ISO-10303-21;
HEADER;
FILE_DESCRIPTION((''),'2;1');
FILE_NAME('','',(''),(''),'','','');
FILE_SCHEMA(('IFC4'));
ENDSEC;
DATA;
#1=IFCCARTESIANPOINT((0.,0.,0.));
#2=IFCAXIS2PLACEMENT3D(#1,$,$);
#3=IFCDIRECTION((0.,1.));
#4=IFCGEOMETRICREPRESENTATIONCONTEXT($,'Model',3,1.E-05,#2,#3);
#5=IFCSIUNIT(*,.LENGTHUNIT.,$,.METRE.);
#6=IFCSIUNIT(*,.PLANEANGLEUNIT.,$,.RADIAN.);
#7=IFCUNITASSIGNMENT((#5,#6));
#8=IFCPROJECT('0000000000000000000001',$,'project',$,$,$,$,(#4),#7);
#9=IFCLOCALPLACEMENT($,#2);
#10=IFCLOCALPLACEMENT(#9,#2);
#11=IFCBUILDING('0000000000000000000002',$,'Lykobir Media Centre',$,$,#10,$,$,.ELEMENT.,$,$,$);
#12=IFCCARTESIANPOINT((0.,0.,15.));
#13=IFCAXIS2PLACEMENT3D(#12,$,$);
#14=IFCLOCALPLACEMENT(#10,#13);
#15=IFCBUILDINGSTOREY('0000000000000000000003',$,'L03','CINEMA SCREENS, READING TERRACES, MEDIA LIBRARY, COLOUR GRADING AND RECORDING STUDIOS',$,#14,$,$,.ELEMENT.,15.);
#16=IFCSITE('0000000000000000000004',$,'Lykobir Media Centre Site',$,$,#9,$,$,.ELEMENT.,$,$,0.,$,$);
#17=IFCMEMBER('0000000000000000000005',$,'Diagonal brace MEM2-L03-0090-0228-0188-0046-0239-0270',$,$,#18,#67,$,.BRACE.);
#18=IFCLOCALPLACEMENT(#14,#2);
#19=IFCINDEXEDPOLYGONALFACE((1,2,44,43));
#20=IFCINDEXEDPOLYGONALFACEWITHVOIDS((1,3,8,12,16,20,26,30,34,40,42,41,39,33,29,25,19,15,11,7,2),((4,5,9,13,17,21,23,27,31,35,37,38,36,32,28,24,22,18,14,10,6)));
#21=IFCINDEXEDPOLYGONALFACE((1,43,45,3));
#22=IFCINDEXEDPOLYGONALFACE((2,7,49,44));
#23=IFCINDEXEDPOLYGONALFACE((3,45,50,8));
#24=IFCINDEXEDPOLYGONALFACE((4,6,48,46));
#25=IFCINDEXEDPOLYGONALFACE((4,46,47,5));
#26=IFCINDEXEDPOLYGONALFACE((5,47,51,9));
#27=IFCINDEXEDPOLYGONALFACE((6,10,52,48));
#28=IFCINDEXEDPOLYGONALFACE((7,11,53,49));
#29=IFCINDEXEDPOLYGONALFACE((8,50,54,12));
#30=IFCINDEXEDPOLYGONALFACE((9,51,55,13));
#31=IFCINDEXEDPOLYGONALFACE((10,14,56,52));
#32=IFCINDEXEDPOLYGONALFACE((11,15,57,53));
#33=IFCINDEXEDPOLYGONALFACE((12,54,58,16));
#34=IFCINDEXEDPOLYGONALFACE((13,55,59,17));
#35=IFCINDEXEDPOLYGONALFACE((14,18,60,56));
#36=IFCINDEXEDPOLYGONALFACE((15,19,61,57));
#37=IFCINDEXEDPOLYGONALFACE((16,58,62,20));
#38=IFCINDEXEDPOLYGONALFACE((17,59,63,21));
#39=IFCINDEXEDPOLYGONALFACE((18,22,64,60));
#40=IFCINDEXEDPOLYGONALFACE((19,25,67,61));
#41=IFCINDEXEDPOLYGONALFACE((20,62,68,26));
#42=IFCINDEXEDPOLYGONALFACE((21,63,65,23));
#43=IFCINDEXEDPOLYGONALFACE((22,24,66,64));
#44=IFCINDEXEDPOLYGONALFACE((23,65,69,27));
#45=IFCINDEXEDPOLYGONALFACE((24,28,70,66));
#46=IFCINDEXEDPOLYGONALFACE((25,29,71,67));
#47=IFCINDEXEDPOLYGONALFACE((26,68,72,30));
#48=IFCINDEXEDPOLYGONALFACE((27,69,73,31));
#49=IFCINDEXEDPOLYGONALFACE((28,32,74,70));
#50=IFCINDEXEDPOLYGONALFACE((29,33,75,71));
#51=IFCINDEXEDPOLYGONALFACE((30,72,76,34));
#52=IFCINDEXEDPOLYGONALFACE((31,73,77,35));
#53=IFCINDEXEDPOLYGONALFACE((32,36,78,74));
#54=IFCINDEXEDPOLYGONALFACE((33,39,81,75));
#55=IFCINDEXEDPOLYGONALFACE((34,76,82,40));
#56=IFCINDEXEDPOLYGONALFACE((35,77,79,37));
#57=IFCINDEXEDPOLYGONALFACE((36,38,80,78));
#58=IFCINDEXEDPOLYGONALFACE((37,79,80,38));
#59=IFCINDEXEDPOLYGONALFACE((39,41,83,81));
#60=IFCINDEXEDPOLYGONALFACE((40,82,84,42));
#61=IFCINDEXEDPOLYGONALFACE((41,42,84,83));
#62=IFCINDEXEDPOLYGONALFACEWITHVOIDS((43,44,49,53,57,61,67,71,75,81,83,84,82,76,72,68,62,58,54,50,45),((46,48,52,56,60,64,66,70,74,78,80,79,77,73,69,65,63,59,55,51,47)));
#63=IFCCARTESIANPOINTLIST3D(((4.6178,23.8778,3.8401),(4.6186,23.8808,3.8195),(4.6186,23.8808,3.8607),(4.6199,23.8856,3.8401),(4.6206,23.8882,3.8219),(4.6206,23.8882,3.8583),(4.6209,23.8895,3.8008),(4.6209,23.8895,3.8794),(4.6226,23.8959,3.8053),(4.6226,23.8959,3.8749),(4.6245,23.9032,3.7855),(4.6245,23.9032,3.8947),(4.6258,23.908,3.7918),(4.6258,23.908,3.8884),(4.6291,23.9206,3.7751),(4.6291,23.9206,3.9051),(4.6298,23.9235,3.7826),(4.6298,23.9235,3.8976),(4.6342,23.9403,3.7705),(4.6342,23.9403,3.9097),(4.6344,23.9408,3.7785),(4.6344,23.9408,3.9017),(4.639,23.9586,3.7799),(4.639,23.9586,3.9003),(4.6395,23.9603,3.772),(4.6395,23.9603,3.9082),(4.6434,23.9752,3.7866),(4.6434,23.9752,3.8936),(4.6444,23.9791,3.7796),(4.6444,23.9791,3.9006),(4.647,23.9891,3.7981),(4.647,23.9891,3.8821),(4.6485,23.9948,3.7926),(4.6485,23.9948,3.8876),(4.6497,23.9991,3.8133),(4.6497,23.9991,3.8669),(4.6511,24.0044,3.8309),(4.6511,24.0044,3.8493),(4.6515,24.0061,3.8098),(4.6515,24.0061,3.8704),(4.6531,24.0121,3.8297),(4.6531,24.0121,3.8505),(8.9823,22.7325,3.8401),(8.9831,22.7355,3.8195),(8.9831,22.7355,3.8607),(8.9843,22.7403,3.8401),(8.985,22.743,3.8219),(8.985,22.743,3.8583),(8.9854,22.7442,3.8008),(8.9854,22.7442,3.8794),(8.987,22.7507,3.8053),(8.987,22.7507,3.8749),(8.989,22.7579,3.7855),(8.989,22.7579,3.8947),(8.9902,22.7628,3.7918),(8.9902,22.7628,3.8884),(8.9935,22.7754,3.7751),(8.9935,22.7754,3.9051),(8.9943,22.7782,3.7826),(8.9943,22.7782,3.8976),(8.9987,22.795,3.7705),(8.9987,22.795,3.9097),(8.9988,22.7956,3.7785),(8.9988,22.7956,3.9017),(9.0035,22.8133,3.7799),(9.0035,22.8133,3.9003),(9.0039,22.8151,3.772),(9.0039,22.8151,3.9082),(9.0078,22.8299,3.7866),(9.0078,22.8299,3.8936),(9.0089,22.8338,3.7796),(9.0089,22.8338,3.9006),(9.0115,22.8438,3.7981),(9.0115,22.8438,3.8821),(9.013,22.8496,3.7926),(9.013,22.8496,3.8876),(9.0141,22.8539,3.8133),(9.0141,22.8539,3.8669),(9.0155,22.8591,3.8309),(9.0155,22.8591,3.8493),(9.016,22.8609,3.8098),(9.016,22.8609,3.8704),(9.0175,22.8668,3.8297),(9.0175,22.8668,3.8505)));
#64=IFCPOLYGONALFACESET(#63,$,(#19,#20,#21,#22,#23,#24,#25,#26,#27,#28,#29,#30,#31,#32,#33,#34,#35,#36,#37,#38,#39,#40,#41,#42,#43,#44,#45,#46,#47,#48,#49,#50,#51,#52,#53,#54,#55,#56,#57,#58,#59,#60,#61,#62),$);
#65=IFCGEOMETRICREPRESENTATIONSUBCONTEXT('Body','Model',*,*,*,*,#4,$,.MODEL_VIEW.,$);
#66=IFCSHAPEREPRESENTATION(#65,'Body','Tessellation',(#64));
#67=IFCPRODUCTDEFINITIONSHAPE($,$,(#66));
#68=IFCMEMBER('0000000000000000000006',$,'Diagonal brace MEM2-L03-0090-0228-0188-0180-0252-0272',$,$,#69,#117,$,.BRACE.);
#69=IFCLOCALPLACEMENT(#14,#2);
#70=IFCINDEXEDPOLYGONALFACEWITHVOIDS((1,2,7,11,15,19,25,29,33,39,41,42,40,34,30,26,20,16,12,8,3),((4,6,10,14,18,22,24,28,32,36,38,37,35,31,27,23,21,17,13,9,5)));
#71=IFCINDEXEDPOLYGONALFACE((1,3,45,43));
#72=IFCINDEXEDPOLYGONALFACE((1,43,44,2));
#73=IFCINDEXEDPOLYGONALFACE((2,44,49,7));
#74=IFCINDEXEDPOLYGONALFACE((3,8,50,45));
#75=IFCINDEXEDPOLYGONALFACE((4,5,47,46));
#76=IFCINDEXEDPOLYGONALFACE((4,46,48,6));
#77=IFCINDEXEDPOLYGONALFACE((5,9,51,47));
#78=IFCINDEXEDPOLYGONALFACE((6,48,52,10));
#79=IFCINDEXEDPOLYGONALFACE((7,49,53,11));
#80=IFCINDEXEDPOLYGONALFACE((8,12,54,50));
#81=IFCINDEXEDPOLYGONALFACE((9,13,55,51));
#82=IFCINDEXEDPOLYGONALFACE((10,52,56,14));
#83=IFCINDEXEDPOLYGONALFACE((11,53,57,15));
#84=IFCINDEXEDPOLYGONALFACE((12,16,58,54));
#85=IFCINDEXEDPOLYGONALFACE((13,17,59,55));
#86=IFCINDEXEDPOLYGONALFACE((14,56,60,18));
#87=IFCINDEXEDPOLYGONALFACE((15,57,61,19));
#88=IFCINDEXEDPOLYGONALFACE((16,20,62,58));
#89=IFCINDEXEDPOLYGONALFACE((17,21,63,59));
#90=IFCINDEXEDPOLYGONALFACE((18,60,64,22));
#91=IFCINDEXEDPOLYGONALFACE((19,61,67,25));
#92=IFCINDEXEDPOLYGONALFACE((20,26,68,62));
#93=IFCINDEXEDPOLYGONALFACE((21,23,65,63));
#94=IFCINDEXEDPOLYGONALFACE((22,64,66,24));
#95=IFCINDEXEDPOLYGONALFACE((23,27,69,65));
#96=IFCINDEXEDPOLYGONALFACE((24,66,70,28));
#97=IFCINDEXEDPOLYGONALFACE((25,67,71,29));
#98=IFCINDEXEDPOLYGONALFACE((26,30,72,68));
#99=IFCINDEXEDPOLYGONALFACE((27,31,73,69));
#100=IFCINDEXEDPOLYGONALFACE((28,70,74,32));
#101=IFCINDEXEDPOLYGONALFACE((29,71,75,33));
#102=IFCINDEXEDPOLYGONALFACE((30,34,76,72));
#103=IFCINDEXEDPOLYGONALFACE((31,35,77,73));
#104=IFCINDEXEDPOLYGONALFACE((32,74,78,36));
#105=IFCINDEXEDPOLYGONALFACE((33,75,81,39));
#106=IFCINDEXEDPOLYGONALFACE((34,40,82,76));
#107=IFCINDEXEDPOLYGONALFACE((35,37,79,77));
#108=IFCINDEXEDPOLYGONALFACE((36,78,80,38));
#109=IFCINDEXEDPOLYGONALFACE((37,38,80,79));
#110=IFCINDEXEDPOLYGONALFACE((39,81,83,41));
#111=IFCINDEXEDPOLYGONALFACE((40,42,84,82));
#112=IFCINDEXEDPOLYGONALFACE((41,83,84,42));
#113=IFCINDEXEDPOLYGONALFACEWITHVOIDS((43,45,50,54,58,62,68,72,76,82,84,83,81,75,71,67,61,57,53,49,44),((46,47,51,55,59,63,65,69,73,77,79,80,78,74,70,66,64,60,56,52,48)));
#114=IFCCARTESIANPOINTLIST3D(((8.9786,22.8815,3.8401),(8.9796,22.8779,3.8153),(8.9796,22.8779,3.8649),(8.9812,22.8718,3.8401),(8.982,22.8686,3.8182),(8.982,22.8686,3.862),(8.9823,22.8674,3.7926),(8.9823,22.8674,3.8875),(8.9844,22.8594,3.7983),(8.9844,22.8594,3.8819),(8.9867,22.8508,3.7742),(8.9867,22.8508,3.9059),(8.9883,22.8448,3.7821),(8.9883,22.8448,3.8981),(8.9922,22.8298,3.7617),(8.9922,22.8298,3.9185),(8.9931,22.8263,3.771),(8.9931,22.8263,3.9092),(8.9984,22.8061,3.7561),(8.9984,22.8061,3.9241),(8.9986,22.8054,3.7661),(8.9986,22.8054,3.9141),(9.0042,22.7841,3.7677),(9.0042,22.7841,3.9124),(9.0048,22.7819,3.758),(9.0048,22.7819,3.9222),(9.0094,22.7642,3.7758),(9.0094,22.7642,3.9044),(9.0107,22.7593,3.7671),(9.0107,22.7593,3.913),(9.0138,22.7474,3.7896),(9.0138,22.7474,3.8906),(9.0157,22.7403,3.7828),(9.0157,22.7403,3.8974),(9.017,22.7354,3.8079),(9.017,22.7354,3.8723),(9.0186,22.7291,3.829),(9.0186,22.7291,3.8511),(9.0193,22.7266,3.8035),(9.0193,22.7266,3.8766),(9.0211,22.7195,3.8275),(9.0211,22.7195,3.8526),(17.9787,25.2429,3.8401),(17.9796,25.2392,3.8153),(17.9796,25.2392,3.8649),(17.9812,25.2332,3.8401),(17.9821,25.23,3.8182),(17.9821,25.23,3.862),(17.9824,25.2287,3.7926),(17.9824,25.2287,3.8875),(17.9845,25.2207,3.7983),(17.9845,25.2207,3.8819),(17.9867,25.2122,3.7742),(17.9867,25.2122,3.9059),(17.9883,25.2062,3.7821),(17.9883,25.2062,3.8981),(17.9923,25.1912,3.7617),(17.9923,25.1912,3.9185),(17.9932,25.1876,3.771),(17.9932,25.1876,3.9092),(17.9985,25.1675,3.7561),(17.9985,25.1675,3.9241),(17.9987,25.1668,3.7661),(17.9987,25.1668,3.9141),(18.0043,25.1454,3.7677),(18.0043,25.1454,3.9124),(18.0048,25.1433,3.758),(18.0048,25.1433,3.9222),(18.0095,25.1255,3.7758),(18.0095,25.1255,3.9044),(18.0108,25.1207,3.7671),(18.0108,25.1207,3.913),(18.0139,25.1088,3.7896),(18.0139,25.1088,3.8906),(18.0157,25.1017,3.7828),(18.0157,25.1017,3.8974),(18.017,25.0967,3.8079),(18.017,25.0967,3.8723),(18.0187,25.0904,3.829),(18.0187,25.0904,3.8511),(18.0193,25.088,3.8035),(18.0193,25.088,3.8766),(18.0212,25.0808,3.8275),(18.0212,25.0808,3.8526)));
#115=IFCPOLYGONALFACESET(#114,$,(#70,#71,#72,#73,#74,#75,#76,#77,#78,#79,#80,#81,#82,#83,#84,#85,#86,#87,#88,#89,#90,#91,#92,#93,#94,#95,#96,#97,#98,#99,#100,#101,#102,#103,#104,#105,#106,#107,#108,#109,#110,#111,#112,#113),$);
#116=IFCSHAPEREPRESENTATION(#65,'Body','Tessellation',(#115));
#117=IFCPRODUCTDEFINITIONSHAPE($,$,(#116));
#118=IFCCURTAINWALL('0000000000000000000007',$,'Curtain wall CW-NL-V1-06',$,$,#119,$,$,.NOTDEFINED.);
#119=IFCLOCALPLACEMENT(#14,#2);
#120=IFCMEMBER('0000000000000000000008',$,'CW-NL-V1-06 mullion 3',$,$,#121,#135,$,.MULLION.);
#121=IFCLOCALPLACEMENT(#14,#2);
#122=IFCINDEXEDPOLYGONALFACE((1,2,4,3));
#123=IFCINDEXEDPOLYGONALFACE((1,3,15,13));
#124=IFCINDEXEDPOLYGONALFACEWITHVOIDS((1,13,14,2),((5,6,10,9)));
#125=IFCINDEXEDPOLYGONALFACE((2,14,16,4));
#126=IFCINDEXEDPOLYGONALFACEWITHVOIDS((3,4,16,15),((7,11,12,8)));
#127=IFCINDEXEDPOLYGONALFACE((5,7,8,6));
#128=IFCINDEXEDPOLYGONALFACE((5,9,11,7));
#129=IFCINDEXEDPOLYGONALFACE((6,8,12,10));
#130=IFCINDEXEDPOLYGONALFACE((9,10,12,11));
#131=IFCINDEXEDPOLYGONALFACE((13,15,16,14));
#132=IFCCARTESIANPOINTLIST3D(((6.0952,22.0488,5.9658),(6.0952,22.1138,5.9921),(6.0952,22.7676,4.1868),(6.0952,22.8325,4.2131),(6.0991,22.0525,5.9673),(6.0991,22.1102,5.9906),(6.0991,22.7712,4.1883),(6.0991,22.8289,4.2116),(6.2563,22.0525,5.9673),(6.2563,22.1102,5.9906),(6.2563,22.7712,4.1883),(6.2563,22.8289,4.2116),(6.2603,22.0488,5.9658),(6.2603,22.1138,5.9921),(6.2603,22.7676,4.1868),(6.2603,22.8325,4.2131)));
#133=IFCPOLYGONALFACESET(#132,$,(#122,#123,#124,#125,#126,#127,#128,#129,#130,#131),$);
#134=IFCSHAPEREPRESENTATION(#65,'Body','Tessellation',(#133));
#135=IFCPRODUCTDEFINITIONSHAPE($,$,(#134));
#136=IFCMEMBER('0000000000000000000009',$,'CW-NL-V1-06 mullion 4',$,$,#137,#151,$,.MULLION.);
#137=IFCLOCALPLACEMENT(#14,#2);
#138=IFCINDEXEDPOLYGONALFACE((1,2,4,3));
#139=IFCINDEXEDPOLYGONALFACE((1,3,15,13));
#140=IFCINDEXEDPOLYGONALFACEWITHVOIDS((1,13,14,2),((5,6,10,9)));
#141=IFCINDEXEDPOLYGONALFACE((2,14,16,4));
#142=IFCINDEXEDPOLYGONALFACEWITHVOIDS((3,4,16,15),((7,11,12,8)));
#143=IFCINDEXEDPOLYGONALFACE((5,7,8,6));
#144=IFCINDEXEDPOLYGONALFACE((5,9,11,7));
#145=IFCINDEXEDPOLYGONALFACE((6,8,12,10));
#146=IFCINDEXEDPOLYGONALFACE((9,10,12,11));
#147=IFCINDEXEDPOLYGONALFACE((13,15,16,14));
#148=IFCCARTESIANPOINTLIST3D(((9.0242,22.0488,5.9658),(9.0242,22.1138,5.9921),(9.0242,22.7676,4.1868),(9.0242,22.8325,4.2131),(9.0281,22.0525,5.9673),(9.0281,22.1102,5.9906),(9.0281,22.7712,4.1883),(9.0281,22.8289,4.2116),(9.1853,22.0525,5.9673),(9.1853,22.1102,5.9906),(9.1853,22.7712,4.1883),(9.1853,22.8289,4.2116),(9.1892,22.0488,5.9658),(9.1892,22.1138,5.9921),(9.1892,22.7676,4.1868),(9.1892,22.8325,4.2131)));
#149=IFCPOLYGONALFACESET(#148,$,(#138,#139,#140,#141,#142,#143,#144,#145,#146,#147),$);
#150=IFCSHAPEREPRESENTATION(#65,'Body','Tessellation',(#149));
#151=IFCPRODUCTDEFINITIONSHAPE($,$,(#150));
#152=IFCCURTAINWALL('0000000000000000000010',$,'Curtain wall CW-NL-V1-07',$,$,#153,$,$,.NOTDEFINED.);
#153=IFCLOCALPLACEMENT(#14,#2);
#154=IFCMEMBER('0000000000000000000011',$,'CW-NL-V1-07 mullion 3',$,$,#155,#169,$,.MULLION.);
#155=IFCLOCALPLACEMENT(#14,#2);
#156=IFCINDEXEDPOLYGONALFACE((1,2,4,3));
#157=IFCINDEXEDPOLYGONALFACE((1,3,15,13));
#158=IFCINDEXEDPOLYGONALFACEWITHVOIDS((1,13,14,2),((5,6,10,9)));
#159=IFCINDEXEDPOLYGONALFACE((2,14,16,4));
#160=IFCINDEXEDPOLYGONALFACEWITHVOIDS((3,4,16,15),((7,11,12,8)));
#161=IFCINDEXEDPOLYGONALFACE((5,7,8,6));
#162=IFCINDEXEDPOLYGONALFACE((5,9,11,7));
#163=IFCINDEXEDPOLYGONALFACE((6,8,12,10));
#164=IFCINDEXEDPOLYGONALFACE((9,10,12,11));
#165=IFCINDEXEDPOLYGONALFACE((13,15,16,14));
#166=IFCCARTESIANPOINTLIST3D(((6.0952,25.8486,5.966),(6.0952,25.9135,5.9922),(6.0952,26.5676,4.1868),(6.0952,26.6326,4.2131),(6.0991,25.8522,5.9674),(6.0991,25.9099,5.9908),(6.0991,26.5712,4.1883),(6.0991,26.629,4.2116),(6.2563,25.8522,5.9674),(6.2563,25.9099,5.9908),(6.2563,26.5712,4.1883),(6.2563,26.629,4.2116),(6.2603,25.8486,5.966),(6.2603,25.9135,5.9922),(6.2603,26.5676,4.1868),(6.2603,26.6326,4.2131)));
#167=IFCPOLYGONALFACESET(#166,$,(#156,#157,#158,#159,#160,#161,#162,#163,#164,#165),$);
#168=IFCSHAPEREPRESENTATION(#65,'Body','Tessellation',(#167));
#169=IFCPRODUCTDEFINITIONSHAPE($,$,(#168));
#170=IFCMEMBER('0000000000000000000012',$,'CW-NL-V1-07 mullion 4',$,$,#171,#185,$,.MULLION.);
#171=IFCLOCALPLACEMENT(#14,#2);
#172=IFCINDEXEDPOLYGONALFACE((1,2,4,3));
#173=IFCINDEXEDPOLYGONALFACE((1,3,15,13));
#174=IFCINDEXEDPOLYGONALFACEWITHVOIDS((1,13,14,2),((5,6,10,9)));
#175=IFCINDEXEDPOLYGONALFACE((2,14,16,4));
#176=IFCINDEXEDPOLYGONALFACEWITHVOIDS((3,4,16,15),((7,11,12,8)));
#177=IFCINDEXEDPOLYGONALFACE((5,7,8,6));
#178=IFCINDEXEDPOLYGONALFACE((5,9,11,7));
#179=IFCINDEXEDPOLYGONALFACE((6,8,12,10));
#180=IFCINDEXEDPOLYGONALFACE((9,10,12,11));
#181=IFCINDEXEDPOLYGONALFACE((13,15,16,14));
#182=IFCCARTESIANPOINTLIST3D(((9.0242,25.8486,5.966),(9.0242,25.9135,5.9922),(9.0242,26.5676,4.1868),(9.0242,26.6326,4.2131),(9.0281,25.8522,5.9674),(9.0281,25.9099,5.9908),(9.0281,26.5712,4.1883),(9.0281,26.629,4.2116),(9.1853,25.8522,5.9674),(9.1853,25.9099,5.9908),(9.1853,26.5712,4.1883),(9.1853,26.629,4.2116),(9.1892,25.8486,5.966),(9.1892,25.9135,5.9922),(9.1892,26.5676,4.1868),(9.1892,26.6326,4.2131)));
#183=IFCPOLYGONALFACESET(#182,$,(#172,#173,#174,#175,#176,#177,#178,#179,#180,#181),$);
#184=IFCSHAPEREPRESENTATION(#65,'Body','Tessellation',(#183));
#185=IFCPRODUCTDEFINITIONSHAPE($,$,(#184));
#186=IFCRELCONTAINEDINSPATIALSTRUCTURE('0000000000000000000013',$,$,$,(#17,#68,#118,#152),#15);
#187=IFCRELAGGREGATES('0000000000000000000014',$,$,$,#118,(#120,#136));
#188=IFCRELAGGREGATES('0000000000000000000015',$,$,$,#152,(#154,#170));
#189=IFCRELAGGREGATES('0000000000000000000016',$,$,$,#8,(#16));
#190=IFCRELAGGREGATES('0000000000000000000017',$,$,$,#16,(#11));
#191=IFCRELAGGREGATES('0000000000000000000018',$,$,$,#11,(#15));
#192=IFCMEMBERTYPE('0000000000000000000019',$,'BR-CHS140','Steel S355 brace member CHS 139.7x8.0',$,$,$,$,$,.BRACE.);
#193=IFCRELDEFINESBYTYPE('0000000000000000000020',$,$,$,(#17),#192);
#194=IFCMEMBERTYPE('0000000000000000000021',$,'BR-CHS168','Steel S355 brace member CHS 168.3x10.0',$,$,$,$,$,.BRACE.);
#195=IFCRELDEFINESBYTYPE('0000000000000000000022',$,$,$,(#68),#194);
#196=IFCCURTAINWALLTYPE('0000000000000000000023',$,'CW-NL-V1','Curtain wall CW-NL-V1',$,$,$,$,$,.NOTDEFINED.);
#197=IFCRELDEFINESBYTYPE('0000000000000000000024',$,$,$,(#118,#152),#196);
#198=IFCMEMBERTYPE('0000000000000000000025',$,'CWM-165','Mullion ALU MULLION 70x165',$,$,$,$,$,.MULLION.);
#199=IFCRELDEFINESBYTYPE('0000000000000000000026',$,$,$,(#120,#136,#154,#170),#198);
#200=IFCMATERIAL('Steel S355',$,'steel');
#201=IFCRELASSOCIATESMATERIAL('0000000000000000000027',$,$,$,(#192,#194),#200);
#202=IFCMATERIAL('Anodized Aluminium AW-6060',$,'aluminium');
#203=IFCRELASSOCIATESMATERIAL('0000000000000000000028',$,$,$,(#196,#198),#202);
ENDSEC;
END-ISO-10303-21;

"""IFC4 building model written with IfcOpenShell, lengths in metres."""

from ifc_helpers import new_model, si_unit, direction, frame, origin, origin_2d, place, context, subcontext, project, spatial, hollow_rectangle, hollow_circle, extrude, material, material_profile, profile_set, type_object, element, aggregate, save


model = new_model("IFC4")

# Units and contexts
model_context = context("Model", 3, precision=1e-05, world=origin(), true_north=direction((0.0, 1.0)))
body_context = subcontext(model_context, "Body", "Model", "MODEL_VIEW")
ifc_project = project(units=[si_unit("LENGTHUNIT", "METRE"), si_unit("PLANEANGLEUNIT", "RADIAN")], contexts=[model_context])

# Site, building, storey
site_placement = place(None, origin())
site = spatial("IfcSite", under=ifc_project, at=site_placement, Name="Lykobir Media Centre Site", CompositionType="ELEMENT", RefElevation=0.0)
building_placement = place(site_placement, origin())
building = spatial("IfcBuilding", under=site, at=building_placement, Name="Lykobir Media Centre", CompositionType="ELEMENT")
storey_placement = place(building_placement, frame((0.0, 0.0, 15.0)))
storey = spatial("IfcBuildingStorey", under=building, at=storey_placement, Name="L03", Description="CINEMA SCREENS, READING TERRACES, MEDIA LIBRARY, COLOUR GRADING AND RECORDING STUDIOS", CompositionType="ELEMENT", Elevation=15.0)

# Members
ifc_material_1 = material(Name="Steel S355", Category="steel")
ifc_material_profile_1 = material_profile(ifc_material_1, hollow_circle(Radius=0.0698, WallThickness=0.0081, at=origin_2d()), Name="CHS 139.7x8.0")
ifc_profile_set_1 = profile_set([ifc_material_profile_1], Name="Steel S355")
member_type_1 = type_object("IfcMemberType", Name="BR-CHS140", Description="Steel S355 brace member CHS 139.7x8.0", PredefinedType="BRACE", material=ifc_profile_set_1)
member_1_placement = place(storey_placement, frame((9.0, 22.8, 3.8401), z_axis=(-0.967254, 0.253811, 0.0), x_axis=(-0.253811, -0.967254, 0.0)))
element("IfcMember", 1, at=member_1_placement, inside=storey, type_object=member_type_1, Name="Diagonal brace MEM2-L03-0090-0228-0188-0046-0239-0270", PredefinedType="BRACE", context=body_context, shape_type="SweptSolid", body=[
    extrude(hollow_circle(Radius=0.0698, WallThickness=0.0081, at=origin_2d()), origin(), (0.0, 0.0, 1.0), 4.5122),
])
ifc_material_profile_2 = material_profile(ifc_material_1, hollow_circle(Radius=0.0842, WallThickness=0.01, at=origin_2d()), Name="CHS 168.3x10.0")
ifc_profile_set_2 = profile_set([ifc_material_profile_2], Name="Steel S355")
member_type_2 = type_object("IfcMemberType", Name="BR-CHS168", Description="Steel S355 brace member CHS 168.3x10.0", PredefinedType="BRACE", material=ifc_profile_set_2)
member_2_placement = place(storey_placement, frame((9.0, 22.8, 3.8401), z_axis=(0.967262, 0.25378, 0.0), x_axis=(-0.25378, 0.967262, 0.0)))
element("IfcMember", 2, at=member_2_placement, inside=storey, type_object=member_type_2, Name="Diagonal brace MEM2-L03-0090-0228-0188-0180-0252-0272", PredefinedType="BRACE", context=body_context, shape_type="SweptSolid", body=[
    extrude(hollow_circle(Radius=0.0842, WallThickness=0.01, at=origin_2d()), origin(), (0.0, 0.0, 1.0), 9.3047),
])

# Curtain walls, members
ifc_material_2 = material(Name="Anodized Aluminium AW-6060", Category="aluminium")
curtain_wall_type = type_object("IfcCurtainWallType", Name="CW-NL-V1", Description="Curtain wall CW-NL-V1", PredefinedType="NOTDEFINED", material=ifc_material_2)
curtain_wall_1_placement = place(storey_placement, origin())
curtain_wall_1 = element("IfcCurtainWall", 3, at=curtain_wall_1_placement, inside=storey, type_object=curtain_wall_type, Name="Curtain wall CW-NL-V1-06", PredefinedType="NOTDEFINED")
ifc_material_profile_3 = material_profile(ifc_material_2, hollow_rectangle(XDim=0.0701, YDim=0.165, WallThickness=0.0039, at=origin_2d()), Name="ALU MULLION 70x165")
ifc_profile_set_3 = profile_set([ifc_material_profile_3], Name="Anodized Aluminium AW-6060")
member_type_3 = type_object("IfcMemberType", Name="CWM-165", Description="Mullion ALU MULLION 70x165", PredefinedType="MULLION", material=ifc_profile_set_3)
member_3_placement = place(storey_placement, frame((6.1777, 22.8, 4.2), z_axis=(0.0, -0.374591, 0.92719), x_axis=(0.0, 0.92719, 0.374591)))
member_3 = element("IfcMember", 4, at=member_3_placement, type_object=member_type_3, Name="CW-NL-V1-06 mullion 3", PredefinedType="MULLION", context=body_context, shape_type="SweptSolid", body=[
    extrude(hollow_rectangle(XDim=0.0701, YDim=0.165, WallThickness=0.0039, at=origin_2d()), origin(), (0.0, 0.0, 1.0), 1.9187),
])
member_4_placement = place(storey_placement, frame((9.1067, 22.8, 4.2), z_axis=(0.0, -0.374591, 0.92719), x_axis=(0.0, 0.92719, 0.374591)))
member_4 = element("IfcMember", 5, at=member_4_placement, type_object=member_type_3, Name="CW-NL-V1-06 mullion 4", PredefinedType="MULLION", context=body_context, shape_type="SweptSolid", body=[
    extrude(hollow_rectangle(XDim=0.0701, YDim=0.165, WallThickness=0.0039, at=origin_2d()), origin(), (0.0, 0.0, 1.0), 1.9187),
])
curtain_wall_2_placement = place(storey_placement, origin())
curtain_wall_2 = element("IfcCurtainWall", 6, at=curtain_wall_2_placement, inside=storey, type_object=curtain_wall_type, Name="Curtain wall CW-NL-V1-07", PredefinedType="NOTDEFINED")
member_5_placement = place(storey_placement, frame((6.1777, 26.6001, 4.2), z_axis=(0.0, -0.374701, 0.927146), x_axis=(0.0, 0.927146, 0.374701)))
member_5 = element("IfcMember", 7, at=member_5_placement, type_object=member_type_3, Name="CW-NL-V1-07 mullion 3", PredefinedType="MULLION", context=body_context, shape_type="SweptSolid", body=[
    extrude(hollow_rectangle(XDim=0.0701, YDim=0.165, WallThickness=0.0039, at=origin_2d()), origin(), (0.0, 0.0, 1.0), 1.9189),
])
member_6_placement = place(storey_placement, frame((9.1067, 26.6001, 4.2), z_axis=(0.0, -0.374701, 0.927146), x_axis=(0.0, 0.927146, 0.374701)))
member_6 = element("IfcMember", 8, at=member_6_placement, type_object=member_type_3, Name="CW-NL-V1-07 mullion 4", PredefinedType="MULLION", context=body_context, shape_type="SweptSolid", body=[
    extrude(hollow_rectangle(XDim=0.0701, YDim=0.165, WallThickness=0.0039, at=origin_2d()), origin(), (0.0, 0.0, 1.0), 1.9189),
])

aggregate(curtain_wall_1, [member_3, member_4])
aggregate(curtain_wall_2, [member_5, member_6])

save(model, "model.ifc")
